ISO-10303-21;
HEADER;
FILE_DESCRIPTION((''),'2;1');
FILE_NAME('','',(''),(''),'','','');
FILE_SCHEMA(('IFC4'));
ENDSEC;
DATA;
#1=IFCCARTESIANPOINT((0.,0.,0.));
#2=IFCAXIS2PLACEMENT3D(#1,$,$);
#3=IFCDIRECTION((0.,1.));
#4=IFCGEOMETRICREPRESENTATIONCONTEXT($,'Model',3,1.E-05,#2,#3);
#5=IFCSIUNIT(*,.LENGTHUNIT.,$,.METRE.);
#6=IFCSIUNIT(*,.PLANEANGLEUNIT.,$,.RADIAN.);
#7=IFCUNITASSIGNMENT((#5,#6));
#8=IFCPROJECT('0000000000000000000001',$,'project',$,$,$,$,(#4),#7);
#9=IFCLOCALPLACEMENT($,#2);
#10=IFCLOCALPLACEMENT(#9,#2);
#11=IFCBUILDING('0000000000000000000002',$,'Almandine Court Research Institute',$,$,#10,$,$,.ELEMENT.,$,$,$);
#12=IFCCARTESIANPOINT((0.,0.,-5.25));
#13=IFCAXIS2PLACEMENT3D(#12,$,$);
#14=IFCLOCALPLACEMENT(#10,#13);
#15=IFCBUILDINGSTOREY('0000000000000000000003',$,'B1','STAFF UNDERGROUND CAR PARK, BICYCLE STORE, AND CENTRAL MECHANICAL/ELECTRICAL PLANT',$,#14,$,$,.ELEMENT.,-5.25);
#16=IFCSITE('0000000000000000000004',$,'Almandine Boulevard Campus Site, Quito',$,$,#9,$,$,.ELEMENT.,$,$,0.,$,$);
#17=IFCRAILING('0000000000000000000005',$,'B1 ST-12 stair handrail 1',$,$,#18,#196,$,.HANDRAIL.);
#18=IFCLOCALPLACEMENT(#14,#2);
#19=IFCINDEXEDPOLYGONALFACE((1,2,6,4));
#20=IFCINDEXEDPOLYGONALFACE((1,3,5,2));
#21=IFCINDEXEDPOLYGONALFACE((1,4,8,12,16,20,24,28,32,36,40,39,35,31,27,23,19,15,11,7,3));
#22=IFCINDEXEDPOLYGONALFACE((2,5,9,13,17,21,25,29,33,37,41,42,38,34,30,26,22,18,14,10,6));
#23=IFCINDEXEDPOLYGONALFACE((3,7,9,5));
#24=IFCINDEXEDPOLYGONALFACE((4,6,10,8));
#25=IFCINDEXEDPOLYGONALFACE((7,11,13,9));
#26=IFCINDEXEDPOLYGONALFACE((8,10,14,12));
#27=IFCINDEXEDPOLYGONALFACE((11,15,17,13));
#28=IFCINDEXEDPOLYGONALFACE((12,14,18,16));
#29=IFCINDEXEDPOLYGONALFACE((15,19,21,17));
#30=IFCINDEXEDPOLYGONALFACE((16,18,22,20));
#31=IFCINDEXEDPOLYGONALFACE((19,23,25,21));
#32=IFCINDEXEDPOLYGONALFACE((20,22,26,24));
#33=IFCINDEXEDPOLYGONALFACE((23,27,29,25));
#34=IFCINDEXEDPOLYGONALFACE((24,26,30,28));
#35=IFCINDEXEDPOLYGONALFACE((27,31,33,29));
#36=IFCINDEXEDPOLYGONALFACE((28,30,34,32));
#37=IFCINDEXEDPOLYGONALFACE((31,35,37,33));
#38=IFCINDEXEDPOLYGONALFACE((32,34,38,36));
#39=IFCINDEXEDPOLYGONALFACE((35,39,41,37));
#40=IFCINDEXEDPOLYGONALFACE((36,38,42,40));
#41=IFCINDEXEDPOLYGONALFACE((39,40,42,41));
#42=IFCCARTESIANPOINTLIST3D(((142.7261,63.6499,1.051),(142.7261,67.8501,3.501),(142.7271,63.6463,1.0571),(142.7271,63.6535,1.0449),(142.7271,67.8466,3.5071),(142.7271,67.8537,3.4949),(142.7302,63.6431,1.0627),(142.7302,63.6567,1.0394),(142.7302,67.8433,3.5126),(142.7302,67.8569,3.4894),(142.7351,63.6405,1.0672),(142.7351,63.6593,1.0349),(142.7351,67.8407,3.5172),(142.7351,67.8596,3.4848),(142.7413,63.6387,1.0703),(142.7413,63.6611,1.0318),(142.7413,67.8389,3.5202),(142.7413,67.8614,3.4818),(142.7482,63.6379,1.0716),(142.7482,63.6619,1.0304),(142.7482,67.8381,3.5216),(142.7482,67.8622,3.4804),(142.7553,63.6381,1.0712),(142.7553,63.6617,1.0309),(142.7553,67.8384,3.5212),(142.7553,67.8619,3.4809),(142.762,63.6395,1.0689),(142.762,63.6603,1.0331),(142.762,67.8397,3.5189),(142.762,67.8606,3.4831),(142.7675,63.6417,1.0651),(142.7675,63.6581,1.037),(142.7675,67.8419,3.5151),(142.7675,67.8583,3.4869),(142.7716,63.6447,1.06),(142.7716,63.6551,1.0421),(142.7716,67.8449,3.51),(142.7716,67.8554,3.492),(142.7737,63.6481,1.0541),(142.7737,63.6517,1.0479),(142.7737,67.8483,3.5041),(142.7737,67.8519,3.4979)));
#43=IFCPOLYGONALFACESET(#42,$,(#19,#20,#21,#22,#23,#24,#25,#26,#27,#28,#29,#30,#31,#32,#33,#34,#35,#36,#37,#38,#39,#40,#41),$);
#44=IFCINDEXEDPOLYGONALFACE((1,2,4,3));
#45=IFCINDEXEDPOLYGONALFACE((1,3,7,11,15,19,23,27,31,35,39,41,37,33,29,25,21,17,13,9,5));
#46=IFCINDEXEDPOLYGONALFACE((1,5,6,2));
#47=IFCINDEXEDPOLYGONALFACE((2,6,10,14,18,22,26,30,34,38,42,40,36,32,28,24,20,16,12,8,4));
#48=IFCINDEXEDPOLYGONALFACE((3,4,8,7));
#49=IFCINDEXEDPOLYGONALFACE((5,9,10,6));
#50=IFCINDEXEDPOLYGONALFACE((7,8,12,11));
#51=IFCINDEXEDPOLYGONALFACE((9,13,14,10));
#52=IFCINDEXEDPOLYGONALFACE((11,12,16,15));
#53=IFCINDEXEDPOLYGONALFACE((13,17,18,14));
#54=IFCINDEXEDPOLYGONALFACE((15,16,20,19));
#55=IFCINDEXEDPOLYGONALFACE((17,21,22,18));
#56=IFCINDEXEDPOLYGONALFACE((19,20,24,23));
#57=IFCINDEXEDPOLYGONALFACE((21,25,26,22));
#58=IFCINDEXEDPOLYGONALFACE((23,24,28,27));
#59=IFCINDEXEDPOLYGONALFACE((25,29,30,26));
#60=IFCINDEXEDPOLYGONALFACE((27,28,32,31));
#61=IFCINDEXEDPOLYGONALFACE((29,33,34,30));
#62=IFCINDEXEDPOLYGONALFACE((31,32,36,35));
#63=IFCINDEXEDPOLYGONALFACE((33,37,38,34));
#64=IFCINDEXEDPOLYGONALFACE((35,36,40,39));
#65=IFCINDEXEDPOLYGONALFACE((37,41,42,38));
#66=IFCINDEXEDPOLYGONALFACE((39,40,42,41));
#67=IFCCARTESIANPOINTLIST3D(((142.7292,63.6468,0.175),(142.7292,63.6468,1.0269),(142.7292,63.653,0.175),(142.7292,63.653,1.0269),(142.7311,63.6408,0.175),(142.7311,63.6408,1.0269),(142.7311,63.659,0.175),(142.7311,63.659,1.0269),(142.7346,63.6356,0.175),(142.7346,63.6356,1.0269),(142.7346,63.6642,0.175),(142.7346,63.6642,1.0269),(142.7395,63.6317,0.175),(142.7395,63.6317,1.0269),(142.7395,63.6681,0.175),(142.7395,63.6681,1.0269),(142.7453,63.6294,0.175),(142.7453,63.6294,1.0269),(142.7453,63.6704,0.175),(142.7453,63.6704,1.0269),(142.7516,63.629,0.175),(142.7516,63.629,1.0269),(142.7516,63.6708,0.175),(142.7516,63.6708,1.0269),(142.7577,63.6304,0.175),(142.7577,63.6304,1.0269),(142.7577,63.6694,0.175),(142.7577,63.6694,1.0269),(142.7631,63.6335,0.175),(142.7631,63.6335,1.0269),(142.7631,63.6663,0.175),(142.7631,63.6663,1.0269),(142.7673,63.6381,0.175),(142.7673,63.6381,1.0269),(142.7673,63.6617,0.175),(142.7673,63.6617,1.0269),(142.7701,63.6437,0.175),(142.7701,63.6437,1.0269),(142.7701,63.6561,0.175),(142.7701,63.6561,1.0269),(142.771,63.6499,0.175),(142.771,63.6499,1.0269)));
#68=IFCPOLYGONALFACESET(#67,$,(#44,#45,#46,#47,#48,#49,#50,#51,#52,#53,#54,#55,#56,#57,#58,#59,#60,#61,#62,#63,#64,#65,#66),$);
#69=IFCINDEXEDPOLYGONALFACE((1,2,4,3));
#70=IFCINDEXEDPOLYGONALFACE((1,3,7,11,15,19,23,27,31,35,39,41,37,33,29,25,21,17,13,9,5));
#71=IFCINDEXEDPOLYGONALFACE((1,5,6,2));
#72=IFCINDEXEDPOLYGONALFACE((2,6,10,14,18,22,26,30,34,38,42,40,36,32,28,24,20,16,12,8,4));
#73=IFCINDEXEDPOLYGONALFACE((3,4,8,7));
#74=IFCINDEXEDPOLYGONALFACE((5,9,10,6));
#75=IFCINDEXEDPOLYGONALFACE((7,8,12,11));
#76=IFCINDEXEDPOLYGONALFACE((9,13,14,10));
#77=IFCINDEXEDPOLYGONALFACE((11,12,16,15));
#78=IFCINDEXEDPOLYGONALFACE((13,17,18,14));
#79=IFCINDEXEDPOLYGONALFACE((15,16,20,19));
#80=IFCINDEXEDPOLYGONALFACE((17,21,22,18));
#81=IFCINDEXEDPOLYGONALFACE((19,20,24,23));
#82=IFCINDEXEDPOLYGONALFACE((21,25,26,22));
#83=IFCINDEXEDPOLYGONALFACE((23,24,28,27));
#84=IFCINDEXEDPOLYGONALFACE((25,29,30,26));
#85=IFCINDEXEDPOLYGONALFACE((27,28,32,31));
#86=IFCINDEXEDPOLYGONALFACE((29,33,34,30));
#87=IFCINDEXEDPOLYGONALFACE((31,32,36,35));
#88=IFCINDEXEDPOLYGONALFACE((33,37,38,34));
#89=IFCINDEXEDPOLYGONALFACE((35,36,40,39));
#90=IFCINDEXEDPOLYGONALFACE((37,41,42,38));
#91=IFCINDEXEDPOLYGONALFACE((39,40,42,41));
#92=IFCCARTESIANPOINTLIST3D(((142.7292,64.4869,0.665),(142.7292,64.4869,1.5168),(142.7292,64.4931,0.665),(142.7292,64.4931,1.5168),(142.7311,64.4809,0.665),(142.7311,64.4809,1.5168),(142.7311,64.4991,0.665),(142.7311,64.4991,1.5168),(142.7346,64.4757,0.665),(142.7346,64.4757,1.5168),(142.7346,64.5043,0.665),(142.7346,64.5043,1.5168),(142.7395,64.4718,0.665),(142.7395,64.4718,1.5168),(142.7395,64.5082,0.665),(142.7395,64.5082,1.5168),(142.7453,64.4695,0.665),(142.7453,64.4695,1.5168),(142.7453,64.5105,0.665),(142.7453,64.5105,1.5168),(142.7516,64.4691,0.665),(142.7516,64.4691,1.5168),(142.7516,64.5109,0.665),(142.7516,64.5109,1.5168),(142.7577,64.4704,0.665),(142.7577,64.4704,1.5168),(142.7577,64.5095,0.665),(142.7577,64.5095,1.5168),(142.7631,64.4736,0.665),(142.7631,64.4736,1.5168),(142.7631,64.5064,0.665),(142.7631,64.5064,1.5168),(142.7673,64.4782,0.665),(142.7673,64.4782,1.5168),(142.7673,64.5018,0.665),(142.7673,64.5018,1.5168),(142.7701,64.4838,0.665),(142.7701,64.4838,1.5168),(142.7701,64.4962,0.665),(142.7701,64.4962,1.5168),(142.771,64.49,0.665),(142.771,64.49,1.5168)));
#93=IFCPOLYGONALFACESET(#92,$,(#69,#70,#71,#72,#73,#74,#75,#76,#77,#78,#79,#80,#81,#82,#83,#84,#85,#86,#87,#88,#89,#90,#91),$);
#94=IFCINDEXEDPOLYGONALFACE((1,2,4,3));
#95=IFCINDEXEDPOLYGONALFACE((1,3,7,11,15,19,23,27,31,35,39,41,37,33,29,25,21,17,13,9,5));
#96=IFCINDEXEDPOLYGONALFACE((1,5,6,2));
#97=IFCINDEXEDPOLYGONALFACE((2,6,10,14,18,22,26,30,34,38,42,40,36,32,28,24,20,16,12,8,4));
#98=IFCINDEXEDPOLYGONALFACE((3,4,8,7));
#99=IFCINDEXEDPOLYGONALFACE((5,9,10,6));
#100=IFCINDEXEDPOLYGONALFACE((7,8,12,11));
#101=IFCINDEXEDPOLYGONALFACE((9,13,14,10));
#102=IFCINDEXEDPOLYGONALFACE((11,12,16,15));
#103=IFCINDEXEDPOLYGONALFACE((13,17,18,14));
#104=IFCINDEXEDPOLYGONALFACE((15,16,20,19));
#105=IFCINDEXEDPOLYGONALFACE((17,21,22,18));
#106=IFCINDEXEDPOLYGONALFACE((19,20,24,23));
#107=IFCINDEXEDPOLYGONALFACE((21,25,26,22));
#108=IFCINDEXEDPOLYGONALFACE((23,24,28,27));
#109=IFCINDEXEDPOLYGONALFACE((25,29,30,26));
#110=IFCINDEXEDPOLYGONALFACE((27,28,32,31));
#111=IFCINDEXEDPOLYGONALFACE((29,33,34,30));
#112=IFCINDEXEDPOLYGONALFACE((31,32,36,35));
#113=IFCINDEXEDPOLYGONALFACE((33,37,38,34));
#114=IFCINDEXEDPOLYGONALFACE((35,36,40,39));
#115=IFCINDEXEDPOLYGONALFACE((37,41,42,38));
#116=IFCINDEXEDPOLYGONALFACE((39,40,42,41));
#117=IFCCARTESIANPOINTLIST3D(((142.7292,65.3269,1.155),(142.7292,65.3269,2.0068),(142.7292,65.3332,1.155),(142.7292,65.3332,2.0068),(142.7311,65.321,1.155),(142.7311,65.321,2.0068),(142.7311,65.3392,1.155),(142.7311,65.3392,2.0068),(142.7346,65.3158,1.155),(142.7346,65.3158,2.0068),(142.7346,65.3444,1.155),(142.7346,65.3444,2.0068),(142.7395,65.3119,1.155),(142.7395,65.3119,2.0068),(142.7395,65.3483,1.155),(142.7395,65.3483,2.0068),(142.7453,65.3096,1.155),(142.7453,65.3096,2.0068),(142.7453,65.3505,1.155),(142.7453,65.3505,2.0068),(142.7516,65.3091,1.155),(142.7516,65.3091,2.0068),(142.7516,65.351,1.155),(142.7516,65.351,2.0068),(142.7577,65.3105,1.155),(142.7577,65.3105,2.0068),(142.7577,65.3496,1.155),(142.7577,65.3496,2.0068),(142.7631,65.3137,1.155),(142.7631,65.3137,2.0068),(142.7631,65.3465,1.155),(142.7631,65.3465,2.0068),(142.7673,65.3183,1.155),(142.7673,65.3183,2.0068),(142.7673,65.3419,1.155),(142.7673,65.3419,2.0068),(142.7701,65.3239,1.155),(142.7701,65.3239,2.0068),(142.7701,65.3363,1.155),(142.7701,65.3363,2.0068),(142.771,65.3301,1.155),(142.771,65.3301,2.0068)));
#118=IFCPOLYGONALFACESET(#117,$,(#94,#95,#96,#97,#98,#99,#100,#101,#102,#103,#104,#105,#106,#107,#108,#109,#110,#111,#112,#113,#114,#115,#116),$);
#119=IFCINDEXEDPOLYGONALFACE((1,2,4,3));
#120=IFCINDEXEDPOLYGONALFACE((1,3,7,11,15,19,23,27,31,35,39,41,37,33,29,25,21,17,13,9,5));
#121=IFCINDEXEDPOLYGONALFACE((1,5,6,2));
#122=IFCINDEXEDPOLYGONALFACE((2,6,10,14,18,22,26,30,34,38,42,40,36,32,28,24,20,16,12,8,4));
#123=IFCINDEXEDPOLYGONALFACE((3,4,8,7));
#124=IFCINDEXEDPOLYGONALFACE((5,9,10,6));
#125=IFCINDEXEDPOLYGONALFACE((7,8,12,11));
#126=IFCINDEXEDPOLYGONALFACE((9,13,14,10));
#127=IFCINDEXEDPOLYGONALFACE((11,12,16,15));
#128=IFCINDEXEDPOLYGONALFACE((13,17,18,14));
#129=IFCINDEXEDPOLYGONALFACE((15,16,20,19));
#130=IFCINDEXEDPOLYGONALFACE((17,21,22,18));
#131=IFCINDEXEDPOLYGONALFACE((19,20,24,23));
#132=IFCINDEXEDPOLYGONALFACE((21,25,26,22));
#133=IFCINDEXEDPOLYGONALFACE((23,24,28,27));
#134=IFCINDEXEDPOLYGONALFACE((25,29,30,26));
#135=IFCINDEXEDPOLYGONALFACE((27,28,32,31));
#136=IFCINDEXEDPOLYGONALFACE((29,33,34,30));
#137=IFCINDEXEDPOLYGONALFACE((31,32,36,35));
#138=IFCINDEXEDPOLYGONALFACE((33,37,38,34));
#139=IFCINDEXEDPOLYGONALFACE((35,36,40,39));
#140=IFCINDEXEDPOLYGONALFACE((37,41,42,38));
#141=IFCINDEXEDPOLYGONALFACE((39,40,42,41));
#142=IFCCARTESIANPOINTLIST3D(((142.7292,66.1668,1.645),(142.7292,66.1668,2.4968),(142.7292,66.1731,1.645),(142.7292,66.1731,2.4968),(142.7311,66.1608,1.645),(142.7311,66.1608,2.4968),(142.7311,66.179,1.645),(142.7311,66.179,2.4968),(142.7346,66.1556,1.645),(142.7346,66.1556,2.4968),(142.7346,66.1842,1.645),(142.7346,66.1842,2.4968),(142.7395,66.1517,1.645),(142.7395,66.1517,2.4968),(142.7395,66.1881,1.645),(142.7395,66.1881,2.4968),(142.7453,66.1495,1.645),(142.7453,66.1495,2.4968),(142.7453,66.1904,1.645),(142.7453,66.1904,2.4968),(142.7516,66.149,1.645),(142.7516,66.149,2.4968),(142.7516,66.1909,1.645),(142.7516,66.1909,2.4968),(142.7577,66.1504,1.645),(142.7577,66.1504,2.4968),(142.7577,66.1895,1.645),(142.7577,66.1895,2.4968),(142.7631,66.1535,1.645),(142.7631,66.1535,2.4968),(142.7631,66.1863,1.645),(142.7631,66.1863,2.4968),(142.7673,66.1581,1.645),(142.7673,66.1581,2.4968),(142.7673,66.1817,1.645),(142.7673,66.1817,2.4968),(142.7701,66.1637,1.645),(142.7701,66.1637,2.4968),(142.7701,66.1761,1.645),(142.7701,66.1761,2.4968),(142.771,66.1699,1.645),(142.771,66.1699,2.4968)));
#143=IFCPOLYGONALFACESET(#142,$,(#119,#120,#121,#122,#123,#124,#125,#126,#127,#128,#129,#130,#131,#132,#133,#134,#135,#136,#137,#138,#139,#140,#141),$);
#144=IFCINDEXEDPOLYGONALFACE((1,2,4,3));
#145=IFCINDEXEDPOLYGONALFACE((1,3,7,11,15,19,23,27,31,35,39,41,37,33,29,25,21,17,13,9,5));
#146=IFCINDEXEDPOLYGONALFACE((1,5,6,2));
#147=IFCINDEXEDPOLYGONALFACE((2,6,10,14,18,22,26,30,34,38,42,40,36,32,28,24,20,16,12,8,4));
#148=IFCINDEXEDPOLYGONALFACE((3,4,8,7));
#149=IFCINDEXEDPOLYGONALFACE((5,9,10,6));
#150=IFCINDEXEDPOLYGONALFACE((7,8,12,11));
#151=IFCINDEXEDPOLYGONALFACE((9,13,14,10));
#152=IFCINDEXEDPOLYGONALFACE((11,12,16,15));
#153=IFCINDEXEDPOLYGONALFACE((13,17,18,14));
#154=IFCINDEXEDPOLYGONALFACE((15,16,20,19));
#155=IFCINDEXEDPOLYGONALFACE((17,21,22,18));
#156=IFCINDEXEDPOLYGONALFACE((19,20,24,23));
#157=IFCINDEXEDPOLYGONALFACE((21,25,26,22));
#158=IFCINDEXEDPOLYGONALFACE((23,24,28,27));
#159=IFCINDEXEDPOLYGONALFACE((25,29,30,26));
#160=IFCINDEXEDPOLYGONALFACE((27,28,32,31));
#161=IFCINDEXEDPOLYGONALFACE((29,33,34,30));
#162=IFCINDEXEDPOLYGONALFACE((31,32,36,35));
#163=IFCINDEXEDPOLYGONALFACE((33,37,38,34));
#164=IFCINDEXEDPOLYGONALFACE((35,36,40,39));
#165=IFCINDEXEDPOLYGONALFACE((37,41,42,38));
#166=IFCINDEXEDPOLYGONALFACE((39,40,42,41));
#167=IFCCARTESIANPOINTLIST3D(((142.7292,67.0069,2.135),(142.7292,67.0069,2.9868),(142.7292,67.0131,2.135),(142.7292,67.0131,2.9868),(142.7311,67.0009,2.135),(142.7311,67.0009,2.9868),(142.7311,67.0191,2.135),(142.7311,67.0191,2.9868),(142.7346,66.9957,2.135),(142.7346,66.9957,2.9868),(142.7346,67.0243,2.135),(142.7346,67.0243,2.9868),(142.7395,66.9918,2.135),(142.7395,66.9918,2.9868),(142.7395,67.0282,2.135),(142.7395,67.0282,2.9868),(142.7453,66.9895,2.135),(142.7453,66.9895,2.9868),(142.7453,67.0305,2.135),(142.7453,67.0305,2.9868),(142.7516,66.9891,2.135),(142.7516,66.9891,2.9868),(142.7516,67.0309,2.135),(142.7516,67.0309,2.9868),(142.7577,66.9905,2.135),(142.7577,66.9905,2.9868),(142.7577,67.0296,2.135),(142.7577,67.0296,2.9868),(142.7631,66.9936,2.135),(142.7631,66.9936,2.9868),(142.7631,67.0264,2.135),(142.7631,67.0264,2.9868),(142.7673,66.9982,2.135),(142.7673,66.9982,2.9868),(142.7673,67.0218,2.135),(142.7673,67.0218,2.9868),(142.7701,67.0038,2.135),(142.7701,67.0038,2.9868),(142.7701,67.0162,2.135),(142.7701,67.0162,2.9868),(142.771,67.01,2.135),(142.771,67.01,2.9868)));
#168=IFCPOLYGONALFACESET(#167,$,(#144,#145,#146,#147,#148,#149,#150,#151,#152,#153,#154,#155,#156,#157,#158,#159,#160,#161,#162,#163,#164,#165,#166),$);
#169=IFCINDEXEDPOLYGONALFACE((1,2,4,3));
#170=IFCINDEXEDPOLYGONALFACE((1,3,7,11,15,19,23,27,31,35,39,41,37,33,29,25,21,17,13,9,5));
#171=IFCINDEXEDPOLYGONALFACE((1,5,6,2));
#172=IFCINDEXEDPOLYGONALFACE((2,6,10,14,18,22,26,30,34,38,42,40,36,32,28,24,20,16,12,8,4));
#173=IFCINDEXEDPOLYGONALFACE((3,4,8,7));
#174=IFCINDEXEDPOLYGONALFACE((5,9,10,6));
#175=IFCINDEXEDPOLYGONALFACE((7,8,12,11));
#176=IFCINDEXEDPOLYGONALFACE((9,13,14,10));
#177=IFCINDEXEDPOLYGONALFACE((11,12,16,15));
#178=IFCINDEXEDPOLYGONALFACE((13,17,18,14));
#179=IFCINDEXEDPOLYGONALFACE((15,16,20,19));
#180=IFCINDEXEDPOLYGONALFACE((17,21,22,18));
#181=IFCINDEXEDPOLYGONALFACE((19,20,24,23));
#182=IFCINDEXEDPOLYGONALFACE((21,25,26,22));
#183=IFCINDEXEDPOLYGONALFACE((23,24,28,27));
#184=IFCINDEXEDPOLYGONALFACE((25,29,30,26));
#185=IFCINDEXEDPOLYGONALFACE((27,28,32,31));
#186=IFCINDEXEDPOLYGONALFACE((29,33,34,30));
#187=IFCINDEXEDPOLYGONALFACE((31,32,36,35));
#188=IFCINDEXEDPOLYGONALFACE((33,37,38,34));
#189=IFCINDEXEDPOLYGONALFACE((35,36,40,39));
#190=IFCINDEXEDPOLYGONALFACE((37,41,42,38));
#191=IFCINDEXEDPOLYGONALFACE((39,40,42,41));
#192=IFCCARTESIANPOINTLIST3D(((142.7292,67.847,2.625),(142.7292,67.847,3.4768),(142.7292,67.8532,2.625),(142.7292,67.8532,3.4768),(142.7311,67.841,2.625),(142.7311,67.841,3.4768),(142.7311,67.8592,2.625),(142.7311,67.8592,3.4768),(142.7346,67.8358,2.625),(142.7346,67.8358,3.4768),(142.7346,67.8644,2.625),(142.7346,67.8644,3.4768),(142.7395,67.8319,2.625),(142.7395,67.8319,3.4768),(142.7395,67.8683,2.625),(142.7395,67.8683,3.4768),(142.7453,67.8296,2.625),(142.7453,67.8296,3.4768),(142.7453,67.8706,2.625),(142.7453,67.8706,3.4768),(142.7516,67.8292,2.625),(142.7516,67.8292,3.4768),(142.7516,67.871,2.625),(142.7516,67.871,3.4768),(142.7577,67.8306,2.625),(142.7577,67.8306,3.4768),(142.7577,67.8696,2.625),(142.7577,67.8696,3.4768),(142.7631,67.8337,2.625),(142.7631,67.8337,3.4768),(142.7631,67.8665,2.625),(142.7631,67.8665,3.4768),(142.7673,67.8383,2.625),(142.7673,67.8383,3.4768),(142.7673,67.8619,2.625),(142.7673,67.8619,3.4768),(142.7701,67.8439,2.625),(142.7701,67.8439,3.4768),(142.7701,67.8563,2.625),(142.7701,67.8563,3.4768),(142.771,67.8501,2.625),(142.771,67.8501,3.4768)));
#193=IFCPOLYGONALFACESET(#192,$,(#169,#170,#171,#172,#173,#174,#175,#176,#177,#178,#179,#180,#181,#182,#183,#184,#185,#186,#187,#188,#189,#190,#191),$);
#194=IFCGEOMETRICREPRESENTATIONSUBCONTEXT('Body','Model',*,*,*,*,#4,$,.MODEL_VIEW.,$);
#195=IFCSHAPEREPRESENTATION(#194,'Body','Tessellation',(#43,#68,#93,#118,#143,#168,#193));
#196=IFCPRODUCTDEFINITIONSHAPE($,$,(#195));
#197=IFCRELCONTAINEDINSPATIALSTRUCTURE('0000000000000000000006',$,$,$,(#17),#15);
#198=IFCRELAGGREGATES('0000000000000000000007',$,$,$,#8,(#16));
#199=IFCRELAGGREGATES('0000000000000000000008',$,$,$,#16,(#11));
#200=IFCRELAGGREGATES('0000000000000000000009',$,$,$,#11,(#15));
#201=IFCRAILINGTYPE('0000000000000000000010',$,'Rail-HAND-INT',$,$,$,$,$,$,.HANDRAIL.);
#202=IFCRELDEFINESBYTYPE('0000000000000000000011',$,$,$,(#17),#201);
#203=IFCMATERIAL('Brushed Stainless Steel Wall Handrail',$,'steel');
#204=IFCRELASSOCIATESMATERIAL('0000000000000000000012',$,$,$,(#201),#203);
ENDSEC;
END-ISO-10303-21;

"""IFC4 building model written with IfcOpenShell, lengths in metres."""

from ifc_helpers import new_model, si_unit, direction, frame, origin, origin_2d, place, context, subcontext, project, spatial, circle, extrude, material, type_object, element, save


model = new_model("IFC4")

# Units and contexts
model_context = context("Model", 3, precision=1e-05, world=origin(), true_north=direction((0.0, 1.0)))
body_context = subcontext(model_context, "Body", "Model", "MODEL_VIEW")
ifc_project = project(units=[si_unit("LENGTHUNIT", "METRE"), si_unit("PLANEANGLEUNIT", "RADIAN")], contexts=[model_context])

# Site, building, storey
site_placement = place(None, origin())
site = spatial("IfcSite", under=ifc_project, at=site_placement, Name="Almandine Boulevard Campus Site, Quito", CompositionType="ELEMENT", RefElevation=0.0)
building_placement = place(site_placement, origin())
building = spatial("IfcBuilding", under=site, at=building_placement, Name="Almandine Court Research Institute", CompositionType="ELEMENT")
storey_placement = place(building_placement, frame((0.0, 0.0, -5.25)))
storey = spatial("IfcBuildingStorey", under=building, at=storey_placement, Name="B1", Description="STAFF UNDERGROUND CAR PARK, BICYCLE STORE, AND CENTRAL MECHANICAL/ELECTRICAL PLANT", CompositionType="ELEMENT", Elevation=-5.25)

# Railing
ifc_material_1 = material(Name="Brushed Stainless Steel Wall Handrail", Category="steel")
railing_type_1 = type_object("IfcRailingType", Name="Rail-HAND-INT", PredefinedType="HANDRAIL", material=ifc_material_1)
railing_1_placement = place(storey_placement, frame((142.75, 63.6499, 0.175)))
element("IfcRailing", 1, at=railing_1_placement, inside=storey, type_object=railing_type_1, Name="B1 ST-12 stair handrail 1", PredefinedType="HANDRAIL", context=body_context, shape_type="SweptSolid", body=[
    extrude(circle(Radius=0.0239, at=origin_2d()), frame((0.0, 0.0, 0.876), z_axis=(0.0, 0.863793, 0.503846), x_axis=(-1.0, 0.0, 0.0)), (0.0, 0.0, 1.0), 4.8625),
    extrude(circle(Radius=0.021, at=origin_2d()), origin(), (0.0, 0.0, 1.0), 0.8518),
    extrude(circle(Radius=0.021, at=origin_2d()), frame((0.0, 0.8401, 0.49)), (0.0, 0.0, 1.0), 0.8518),
    extrude(circle(Radius=0.021, at=origin_2d()), frame((0.0, 1.6802, 0.98)), (0.0, 0.0, 1.0), 0.8518),
    extrude(circle(Radius=0.021, at=origin_2d()), frame((0.0, 2.52, 1.47)), (0.0, 0.0, 1.0), 0.8518),
    extrude(circle(Radius=0.021, at=origin_2d()), frame((0.0, 3.3601, 1.96)), (0.0, 0.0, 1.0), 0.8518),
    extrude(circle(Radius=0.021, at=origin_2d()), frame((0.0, 4.2002, 2.45)), (0.0, 0.0, 1.0), 0.8518),
])

save(model, "model.ifc")
